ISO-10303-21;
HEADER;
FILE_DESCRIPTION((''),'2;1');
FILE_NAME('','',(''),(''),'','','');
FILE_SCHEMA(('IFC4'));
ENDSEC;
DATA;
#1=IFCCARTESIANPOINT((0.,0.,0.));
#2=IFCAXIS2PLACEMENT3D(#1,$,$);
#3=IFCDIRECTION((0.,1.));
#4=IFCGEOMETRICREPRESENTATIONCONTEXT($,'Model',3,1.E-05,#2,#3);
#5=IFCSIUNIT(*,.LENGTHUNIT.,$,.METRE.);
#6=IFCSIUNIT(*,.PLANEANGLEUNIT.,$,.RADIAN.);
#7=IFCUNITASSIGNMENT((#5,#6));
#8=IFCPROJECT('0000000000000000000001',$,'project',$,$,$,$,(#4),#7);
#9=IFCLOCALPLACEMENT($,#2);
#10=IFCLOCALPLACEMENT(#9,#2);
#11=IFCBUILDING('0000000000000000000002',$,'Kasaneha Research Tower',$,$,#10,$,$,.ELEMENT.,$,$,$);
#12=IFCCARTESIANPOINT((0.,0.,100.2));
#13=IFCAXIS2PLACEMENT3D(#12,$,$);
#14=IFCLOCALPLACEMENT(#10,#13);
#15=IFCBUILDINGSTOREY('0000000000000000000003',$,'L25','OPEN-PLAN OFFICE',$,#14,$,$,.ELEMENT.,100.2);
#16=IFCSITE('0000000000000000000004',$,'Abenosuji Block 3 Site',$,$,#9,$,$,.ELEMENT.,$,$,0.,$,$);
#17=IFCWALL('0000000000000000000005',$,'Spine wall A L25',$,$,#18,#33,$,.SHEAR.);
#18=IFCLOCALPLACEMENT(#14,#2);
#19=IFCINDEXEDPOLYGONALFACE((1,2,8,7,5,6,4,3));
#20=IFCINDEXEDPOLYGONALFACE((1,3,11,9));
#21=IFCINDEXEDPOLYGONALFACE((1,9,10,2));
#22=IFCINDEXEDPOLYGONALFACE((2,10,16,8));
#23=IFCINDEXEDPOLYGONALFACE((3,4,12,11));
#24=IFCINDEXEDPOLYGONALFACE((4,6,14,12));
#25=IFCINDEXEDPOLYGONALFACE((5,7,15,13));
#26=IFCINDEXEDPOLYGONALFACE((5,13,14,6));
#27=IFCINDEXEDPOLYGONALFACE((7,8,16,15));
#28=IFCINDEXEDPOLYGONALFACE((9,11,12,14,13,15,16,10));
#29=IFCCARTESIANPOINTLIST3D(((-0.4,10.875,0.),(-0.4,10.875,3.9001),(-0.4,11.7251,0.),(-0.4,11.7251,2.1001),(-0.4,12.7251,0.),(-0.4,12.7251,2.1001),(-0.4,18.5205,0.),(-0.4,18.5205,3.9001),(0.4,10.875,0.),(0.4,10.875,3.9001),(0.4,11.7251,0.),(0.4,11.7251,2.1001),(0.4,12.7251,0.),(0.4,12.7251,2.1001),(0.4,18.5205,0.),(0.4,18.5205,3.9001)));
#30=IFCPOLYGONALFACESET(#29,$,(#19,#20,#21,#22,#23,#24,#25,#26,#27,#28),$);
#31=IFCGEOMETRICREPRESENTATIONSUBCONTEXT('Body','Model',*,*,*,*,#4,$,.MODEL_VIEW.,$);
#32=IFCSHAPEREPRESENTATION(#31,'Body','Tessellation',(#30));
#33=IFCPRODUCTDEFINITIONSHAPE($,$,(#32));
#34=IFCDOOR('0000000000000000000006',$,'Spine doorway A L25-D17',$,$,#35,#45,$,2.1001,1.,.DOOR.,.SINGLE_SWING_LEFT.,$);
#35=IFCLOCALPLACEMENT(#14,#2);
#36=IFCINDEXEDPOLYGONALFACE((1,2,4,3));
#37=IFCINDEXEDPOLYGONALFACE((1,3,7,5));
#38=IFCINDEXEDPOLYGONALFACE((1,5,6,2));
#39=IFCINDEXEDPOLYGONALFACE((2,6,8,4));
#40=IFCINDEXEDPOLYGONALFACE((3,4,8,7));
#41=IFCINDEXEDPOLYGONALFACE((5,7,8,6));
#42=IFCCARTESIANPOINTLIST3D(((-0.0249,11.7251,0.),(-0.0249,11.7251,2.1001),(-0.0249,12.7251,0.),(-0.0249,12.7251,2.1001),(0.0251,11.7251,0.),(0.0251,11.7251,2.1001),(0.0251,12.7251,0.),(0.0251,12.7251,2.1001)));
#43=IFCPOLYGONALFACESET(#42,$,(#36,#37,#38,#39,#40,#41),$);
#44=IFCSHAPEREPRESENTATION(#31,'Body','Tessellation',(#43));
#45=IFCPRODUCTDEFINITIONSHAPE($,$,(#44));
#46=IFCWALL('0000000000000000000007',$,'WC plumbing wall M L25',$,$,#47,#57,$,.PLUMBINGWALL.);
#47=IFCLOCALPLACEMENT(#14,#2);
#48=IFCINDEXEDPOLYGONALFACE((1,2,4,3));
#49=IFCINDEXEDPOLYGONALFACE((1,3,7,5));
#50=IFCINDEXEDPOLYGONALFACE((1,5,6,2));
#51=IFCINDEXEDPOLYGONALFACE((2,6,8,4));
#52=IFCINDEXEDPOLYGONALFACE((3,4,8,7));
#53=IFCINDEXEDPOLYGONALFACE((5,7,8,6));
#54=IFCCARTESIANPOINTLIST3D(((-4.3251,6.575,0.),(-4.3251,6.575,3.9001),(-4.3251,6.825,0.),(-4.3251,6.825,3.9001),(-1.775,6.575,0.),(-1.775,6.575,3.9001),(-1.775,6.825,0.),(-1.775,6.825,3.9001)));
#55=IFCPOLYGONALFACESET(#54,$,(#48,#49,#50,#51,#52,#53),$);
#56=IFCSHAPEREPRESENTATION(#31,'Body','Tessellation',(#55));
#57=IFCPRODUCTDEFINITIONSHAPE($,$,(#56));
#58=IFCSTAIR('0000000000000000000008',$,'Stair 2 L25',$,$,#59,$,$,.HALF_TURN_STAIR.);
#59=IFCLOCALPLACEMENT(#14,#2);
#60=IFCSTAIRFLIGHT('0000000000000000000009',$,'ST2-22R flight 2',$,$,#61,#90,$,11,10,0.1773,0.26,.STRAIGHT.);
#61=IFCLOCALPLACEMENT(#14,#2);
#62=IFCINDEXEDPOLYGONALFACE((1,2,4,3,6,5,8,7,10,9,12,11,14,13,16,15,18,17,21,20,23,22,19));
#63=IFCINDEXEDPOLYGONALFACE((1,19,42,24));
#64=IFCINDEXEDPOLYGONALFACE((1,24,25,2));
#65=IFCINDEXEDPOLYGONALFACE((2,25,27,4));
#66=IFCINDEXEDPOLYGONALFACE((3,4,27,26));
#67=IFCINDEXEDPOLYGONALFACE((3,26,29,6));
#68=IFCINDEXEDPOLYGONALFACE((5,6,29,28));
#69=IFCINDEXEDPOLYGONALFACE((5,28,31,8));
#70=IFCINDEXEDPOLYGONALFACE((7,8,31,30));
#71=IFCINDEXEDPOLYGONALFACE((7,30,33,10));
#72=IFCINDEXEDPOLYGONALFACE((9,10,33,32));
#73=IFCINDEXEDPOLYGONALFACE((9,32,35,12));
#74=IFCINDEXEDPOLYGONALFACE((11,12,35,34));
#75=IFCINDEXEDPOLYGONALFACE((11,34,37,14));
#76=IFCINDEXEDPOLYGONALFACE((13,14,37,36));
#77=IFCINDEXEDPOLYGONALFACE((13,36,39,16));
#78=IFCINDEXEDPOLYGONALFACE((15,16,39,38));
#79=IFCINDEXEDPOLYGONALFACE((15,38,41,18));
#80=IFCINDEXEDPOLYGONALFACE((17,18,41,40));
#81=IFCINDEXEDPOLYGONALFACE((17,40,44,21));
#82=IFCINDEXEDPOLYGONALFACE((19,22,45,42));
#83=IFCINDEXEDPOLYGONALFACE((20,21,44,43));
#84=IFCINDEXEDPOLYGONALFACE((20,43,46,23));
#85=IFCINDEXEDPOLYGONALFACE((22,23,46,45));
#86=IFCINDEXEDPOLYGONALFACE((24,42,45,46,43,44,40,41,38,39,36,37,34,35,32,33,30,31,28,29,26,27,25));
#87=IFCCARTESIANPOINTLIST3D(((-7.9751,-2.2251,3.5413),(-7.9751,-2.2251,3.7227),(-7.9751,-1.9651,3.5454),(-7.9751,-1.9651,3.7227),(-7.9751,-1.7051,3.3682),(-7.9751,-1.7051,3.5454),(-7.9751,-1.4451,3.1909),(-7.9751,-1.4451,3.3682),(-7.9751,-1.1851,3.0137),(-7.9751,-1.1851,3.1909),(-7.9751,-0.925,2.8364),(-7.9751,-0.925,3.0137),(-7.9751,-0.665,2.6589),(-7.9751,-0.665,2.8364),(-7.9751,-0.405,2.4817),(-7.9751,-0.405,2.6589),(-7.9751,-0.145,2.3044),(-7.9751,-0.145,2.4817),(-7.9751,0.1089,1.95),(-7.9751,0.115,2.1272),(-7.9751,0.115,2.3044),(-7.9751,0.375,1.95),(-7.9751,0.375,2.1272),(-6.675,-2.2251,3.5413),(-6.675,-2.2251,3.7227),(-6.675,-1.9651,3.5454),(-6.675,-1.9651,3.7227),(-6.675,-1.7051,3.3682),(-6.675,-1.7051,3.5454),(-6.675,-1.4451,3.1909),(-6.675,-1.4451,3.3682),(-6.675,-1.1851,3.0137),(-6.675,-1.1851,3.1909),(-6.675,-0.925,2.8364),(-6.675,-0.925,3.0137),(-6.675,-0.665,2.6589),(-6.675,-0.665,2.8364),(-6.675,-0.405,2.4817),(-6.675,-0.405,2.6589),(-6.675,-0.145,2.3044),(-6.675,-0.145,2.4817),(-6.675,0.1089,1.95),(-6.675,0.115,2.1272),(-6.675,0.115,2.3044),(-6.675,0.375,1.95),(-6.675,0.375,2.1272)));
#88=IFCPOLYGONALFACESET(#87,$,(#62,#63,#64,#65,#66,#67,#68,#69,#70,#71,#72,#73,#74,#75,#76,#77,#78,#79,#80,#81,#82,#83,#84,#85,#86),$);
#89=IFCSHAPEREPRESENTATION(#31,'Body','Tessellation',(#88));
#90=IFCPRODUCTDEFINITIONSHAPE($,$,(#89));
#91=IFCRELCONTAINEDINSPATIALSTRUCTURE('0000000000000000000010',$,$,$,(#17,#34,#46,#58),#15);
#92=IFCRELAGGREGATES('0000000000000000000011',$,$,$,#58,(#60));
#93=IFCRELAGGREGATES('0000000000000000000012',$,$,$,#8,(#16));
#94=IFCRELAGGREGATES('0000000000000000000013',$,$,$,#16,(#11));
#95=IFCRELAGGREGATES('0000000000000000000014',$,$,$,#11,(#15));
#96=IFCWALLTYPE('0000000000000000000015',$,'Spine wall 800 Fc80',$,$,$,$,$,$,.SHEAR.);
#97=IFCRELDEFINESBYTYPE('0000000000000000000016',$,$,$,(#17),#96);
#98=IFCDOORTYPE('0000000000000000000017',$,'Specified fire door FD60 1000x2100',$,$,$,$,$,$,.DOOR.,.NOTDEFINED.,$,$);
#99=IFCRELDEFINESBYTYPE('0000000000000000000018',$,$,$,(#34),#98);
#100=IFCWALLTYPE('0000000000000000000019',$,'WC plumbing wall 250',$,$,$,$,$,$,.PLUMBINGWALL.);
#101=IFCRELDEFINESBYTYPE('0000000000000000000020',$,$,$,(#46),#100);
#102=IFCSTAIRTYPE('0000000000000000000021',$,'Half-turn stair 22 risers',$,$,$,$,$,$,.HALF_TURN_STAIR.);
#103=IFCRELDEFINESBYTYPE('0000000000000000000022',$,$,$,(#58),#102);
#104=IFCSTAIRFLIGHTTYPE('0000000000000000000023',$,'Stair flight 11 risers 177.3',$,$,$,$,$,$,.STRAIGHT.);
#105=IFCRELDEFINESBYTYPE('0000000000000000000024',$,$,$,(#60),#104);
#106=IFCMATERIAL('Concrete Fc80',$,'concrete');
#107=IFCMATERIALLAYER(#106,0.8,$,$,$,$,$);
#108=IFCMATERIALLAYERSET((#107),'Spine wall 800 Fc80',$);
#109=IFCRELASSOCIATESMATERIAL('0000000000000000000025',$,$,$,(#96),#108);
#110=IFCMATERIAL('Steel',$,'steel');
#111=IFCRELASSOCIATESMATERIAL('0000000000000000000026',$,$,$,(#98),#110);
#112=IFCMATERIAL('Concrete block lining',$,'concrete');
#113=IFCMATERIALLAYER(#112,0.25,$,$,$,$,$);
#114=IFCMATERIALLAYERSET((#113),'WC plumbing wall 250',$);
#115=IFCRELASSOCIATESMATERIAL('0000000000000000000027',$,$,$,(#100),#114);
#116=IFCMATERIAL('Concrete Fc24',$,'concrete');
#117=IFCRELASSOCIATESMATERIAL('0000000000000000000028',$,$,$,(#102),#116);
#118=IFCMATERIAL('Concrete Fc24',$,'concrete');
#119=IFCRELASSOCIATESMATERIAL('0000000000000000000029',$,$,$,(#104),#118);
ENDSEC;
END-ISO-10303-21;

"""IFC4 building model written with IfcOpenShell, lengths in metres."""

from ifc_helpers import new_model, si_unit, direction, frame, frame_2d, origin, place, context, subcontext, project, spatial, polyline, rectangle, outline, extrude, material, layer, layer_set, type_object, element, fill, aggregate, save


model = new_model("IFC4")

# Units and contexts
model_context = context("Model", 3, precision=1e-05, world=origin(), true_north=direction((0.0, 1.0)))
body_context = subcontext(model_context, "Body", "Model", "MODEL_VIEW")
ifc_project = project(units=[si_unit("LENGTHUNIT", "METRE"), si_unit("PLANEANGLEUNIT", "RADIAN")], contexts=[model_context])

# Site, building, storey
site_placement = place(None, origin())
site = spatial("IfcSite", under=ifc_project, at=site_placement, Name="Abenosuji Block 3 Site", CompositionType="ELEMENT", RefElevation=0.0)
building_placement = place(site_placement, origin())
building = spatial("IfcBuilding", under=site, at=building_placement, Name="Kasaneha Research Tower", CompositionType="ELEMENT")
storey_placement = place(building_placement, frame((0.0, 0.0, 100.2)))
storey = spatial("IfcBuildingStorey", under=building, at=storey_placement, Name="L25", Description="OPEN-PLAN OFFICE", CompositionType="ELEMENT", Elevation=100.2)

# Wall, opening, door
ifc_material_1 = material(Name="Concrete Fc80", Category="concrete")
ifc_layer_1 = layer(ifc_material_1, 0.8)
ifc_layer_set_1 = layer_set([ifc_layer_1], Name="Spine wall 800 Fc80")
wall_type_1 = type_object("IfcWallType", Name="Spine wall 800 Fc80", PredefinedType="SHEAR", material=ifc_layer_set_1)
wall_1_placement = place(storey_placement, frame((0.0, 10.875, 0.0), z_axis=(0.0, 0.0, 1.0), x_axis=(0.0, 1.0, 0.0)))
wall_1 = element("IfcWall", 1, at=wall_1_placement, inside=storey, type_object=wall_type_1, Name="Spine wall A L25", PredefinedType="SHEAR", context=body_context, shape_type="SweptSolid", body=[
    extrude(rectangle(XDim=7.6455, YDim=0.8, at=frame_2d((3.8228, 0.0))), origin(), (0.0, 0.0, 1.0), 3.9001),
])
opening_1_placement = place(wall_1_placement, frame((0.8501, 0.0, 0.0)))
opening_1 = element("IfcOpeningElement", 2, at=opening_1_placement, cuts=wall_1, PredefinedType="OPENING", context=body_context, shape_type="SweptSolid", body=[
    extrude(rectangle(XDim=1.0, YDim=2.1001, at=frame_2d((0.5, 1.05))), frame((0.0, 0.4102, 0.0), z_axis=(0.0, -1.0, 0.0), x_axis=(1.0, 0.0, 0.0)), (0.0, 0.0, 1.0), 0.8201),
])
ifc_material_2 = material(Name="Steel", Category="steel")
door_type_1 = type_object("IfcDoorType", Name="Specified fire door FD60 1000x2100", OperationType="NOTDEFINED", PredefinedType="DOOR", material=ifc_material_2)
door_1_placement = place(opening_1_placement, origin())
door_1 = element("IfcDoor", 3, at=door_1_placement, inside=storey, type_object=door_type_1, Name="Spine doorway A L25-D17", OperationType="SINGLE_SWING_LEFT", OverallHeight=2.1001, OverallWidth=1.0, PredefinedType="DOOR", context=body_context, shape_type="SweptSolid", body=[
    extrude(rectangle(XDim=1.0, YDim=2.1001, at=frame_2d((0.5, 1.05))), frame((0.0, 0.0249, 0.0), z_axis=(0.0, -1.0, 0.0), x_axis=(1.0, 0.0, 0.0)), (0.0, 0.0, 1.0), 0.05),
])
fill(opening_1, door_1)

# Wall
ifc_material_3 = material(Name="Concrete block lining", Category="concrete")
ifc_layer_2 = layer(ifc_material_3, 0.25)
ifc_layer_set_2 = layer_set([ifc_layer_2], Name="WC plumbing wall 250")
wall_type_2 = type_object("IfcWallType", Name="WC plumbing wall 250", PredefinedType="PLUMBINGWALL", material=ifc_layer_set_2)
wall_2_placement = place(storey_placement, frame((-4.325, 6.7, 0.0), z_axis=(0.0, 0.0, 1.0), x_axis=(1.0, 0.0, 0.0)))
element("IfcWall", 4, at=wall_2_placement, inside=storey, type_object=wall_type_2, Name="WC plumbing wall M L25", PredefinedType="PLUMBINGWALL", context=body_context, shape_type="SweptSolid", body=[
    extrude(rectangle(XDim=2.55, YDim=0.25, at=frame_2d((1.2749, 0.0))), origin(), (0.0, 0.0, 1.0), 3.9001),
])

# Stair, stair flight
ifc_material_4 = material(Name="Concrete Fc24", Category="concrete")
stair_type = type_object("IfcStairType", Name="Half-turn stair 22 risers", PredefinedType="HALF_TURN_STAIR", material=ifc_material_4)
stair_placement = place(storey_placement, origin())
stair = element("IfcStair", 5, at=stair_placement, inside=storey, type_object=stair_type, Name="Stair 2 L25", PredefinedType="HALF_TURN_STAIR")
ifc_material_5 = material(Name="Concrete Fc24", Category="concrete")
stair_flight_type = type_object("IfcStairFlightType", Name="Stair flight 11 risers 177.3", PredefinedType="STRAIGHT", material=ifc_material_5)
stair_flight_placement = place(storey_placement, frame((-7.325, 0.375, 1.95), z_axis=(0.0, 0.0, 1.0), x_axis=(0.0, -1.0, 0.0)))
stair_flight = element("IfcStairFlight", 6, at=stair_flight_placement, type_object=stair_flight_type, Name="ST2-22R flight 2", NumberOfRisers=11, NumberOfTreads=10, PredefinedType="STRAIGHT", RiserHeight=0.1773, TreadLength=0.26, context=body_context, shape_type="SweptSolid", body=[
    extrude(outline(polyline([(0.0, 0.0), (0.0, 0.1772), (0.26, 0.1772), (0.26, 0.3545), (0.52, 0.3545), (0.52, 0.5317), (0.78, 0.5317), (0.78, 0.709), (1.04, 0.709), (1.04, 0.8865), (1.3, 0.8865), (1.3, 1.0637), (1.5601, 1.0637), (1.5601, 1.241), (1.8201, 1.241), (1.8201, 1.4182), (2.0801, 1.4182), (2.0801, 1.5955), (2.3401, 1.5955), (2.3401, 1.7727), (2.6001, 1.7727), (2.6001, 1.95), (2.6001, 1.5913), (0.2661, 0.0), (0.0, 0.0)])), frame((0.0, 0.6499, 0.0), z_axis=(0.0, -1.0, 0.0), x_axis=(1.0, 0.0, 0.0)), (0.0, 0.0, 1.0), 1.3),
])
aggregate(stair, [stair_flight])

save(model, "model.ifc")
